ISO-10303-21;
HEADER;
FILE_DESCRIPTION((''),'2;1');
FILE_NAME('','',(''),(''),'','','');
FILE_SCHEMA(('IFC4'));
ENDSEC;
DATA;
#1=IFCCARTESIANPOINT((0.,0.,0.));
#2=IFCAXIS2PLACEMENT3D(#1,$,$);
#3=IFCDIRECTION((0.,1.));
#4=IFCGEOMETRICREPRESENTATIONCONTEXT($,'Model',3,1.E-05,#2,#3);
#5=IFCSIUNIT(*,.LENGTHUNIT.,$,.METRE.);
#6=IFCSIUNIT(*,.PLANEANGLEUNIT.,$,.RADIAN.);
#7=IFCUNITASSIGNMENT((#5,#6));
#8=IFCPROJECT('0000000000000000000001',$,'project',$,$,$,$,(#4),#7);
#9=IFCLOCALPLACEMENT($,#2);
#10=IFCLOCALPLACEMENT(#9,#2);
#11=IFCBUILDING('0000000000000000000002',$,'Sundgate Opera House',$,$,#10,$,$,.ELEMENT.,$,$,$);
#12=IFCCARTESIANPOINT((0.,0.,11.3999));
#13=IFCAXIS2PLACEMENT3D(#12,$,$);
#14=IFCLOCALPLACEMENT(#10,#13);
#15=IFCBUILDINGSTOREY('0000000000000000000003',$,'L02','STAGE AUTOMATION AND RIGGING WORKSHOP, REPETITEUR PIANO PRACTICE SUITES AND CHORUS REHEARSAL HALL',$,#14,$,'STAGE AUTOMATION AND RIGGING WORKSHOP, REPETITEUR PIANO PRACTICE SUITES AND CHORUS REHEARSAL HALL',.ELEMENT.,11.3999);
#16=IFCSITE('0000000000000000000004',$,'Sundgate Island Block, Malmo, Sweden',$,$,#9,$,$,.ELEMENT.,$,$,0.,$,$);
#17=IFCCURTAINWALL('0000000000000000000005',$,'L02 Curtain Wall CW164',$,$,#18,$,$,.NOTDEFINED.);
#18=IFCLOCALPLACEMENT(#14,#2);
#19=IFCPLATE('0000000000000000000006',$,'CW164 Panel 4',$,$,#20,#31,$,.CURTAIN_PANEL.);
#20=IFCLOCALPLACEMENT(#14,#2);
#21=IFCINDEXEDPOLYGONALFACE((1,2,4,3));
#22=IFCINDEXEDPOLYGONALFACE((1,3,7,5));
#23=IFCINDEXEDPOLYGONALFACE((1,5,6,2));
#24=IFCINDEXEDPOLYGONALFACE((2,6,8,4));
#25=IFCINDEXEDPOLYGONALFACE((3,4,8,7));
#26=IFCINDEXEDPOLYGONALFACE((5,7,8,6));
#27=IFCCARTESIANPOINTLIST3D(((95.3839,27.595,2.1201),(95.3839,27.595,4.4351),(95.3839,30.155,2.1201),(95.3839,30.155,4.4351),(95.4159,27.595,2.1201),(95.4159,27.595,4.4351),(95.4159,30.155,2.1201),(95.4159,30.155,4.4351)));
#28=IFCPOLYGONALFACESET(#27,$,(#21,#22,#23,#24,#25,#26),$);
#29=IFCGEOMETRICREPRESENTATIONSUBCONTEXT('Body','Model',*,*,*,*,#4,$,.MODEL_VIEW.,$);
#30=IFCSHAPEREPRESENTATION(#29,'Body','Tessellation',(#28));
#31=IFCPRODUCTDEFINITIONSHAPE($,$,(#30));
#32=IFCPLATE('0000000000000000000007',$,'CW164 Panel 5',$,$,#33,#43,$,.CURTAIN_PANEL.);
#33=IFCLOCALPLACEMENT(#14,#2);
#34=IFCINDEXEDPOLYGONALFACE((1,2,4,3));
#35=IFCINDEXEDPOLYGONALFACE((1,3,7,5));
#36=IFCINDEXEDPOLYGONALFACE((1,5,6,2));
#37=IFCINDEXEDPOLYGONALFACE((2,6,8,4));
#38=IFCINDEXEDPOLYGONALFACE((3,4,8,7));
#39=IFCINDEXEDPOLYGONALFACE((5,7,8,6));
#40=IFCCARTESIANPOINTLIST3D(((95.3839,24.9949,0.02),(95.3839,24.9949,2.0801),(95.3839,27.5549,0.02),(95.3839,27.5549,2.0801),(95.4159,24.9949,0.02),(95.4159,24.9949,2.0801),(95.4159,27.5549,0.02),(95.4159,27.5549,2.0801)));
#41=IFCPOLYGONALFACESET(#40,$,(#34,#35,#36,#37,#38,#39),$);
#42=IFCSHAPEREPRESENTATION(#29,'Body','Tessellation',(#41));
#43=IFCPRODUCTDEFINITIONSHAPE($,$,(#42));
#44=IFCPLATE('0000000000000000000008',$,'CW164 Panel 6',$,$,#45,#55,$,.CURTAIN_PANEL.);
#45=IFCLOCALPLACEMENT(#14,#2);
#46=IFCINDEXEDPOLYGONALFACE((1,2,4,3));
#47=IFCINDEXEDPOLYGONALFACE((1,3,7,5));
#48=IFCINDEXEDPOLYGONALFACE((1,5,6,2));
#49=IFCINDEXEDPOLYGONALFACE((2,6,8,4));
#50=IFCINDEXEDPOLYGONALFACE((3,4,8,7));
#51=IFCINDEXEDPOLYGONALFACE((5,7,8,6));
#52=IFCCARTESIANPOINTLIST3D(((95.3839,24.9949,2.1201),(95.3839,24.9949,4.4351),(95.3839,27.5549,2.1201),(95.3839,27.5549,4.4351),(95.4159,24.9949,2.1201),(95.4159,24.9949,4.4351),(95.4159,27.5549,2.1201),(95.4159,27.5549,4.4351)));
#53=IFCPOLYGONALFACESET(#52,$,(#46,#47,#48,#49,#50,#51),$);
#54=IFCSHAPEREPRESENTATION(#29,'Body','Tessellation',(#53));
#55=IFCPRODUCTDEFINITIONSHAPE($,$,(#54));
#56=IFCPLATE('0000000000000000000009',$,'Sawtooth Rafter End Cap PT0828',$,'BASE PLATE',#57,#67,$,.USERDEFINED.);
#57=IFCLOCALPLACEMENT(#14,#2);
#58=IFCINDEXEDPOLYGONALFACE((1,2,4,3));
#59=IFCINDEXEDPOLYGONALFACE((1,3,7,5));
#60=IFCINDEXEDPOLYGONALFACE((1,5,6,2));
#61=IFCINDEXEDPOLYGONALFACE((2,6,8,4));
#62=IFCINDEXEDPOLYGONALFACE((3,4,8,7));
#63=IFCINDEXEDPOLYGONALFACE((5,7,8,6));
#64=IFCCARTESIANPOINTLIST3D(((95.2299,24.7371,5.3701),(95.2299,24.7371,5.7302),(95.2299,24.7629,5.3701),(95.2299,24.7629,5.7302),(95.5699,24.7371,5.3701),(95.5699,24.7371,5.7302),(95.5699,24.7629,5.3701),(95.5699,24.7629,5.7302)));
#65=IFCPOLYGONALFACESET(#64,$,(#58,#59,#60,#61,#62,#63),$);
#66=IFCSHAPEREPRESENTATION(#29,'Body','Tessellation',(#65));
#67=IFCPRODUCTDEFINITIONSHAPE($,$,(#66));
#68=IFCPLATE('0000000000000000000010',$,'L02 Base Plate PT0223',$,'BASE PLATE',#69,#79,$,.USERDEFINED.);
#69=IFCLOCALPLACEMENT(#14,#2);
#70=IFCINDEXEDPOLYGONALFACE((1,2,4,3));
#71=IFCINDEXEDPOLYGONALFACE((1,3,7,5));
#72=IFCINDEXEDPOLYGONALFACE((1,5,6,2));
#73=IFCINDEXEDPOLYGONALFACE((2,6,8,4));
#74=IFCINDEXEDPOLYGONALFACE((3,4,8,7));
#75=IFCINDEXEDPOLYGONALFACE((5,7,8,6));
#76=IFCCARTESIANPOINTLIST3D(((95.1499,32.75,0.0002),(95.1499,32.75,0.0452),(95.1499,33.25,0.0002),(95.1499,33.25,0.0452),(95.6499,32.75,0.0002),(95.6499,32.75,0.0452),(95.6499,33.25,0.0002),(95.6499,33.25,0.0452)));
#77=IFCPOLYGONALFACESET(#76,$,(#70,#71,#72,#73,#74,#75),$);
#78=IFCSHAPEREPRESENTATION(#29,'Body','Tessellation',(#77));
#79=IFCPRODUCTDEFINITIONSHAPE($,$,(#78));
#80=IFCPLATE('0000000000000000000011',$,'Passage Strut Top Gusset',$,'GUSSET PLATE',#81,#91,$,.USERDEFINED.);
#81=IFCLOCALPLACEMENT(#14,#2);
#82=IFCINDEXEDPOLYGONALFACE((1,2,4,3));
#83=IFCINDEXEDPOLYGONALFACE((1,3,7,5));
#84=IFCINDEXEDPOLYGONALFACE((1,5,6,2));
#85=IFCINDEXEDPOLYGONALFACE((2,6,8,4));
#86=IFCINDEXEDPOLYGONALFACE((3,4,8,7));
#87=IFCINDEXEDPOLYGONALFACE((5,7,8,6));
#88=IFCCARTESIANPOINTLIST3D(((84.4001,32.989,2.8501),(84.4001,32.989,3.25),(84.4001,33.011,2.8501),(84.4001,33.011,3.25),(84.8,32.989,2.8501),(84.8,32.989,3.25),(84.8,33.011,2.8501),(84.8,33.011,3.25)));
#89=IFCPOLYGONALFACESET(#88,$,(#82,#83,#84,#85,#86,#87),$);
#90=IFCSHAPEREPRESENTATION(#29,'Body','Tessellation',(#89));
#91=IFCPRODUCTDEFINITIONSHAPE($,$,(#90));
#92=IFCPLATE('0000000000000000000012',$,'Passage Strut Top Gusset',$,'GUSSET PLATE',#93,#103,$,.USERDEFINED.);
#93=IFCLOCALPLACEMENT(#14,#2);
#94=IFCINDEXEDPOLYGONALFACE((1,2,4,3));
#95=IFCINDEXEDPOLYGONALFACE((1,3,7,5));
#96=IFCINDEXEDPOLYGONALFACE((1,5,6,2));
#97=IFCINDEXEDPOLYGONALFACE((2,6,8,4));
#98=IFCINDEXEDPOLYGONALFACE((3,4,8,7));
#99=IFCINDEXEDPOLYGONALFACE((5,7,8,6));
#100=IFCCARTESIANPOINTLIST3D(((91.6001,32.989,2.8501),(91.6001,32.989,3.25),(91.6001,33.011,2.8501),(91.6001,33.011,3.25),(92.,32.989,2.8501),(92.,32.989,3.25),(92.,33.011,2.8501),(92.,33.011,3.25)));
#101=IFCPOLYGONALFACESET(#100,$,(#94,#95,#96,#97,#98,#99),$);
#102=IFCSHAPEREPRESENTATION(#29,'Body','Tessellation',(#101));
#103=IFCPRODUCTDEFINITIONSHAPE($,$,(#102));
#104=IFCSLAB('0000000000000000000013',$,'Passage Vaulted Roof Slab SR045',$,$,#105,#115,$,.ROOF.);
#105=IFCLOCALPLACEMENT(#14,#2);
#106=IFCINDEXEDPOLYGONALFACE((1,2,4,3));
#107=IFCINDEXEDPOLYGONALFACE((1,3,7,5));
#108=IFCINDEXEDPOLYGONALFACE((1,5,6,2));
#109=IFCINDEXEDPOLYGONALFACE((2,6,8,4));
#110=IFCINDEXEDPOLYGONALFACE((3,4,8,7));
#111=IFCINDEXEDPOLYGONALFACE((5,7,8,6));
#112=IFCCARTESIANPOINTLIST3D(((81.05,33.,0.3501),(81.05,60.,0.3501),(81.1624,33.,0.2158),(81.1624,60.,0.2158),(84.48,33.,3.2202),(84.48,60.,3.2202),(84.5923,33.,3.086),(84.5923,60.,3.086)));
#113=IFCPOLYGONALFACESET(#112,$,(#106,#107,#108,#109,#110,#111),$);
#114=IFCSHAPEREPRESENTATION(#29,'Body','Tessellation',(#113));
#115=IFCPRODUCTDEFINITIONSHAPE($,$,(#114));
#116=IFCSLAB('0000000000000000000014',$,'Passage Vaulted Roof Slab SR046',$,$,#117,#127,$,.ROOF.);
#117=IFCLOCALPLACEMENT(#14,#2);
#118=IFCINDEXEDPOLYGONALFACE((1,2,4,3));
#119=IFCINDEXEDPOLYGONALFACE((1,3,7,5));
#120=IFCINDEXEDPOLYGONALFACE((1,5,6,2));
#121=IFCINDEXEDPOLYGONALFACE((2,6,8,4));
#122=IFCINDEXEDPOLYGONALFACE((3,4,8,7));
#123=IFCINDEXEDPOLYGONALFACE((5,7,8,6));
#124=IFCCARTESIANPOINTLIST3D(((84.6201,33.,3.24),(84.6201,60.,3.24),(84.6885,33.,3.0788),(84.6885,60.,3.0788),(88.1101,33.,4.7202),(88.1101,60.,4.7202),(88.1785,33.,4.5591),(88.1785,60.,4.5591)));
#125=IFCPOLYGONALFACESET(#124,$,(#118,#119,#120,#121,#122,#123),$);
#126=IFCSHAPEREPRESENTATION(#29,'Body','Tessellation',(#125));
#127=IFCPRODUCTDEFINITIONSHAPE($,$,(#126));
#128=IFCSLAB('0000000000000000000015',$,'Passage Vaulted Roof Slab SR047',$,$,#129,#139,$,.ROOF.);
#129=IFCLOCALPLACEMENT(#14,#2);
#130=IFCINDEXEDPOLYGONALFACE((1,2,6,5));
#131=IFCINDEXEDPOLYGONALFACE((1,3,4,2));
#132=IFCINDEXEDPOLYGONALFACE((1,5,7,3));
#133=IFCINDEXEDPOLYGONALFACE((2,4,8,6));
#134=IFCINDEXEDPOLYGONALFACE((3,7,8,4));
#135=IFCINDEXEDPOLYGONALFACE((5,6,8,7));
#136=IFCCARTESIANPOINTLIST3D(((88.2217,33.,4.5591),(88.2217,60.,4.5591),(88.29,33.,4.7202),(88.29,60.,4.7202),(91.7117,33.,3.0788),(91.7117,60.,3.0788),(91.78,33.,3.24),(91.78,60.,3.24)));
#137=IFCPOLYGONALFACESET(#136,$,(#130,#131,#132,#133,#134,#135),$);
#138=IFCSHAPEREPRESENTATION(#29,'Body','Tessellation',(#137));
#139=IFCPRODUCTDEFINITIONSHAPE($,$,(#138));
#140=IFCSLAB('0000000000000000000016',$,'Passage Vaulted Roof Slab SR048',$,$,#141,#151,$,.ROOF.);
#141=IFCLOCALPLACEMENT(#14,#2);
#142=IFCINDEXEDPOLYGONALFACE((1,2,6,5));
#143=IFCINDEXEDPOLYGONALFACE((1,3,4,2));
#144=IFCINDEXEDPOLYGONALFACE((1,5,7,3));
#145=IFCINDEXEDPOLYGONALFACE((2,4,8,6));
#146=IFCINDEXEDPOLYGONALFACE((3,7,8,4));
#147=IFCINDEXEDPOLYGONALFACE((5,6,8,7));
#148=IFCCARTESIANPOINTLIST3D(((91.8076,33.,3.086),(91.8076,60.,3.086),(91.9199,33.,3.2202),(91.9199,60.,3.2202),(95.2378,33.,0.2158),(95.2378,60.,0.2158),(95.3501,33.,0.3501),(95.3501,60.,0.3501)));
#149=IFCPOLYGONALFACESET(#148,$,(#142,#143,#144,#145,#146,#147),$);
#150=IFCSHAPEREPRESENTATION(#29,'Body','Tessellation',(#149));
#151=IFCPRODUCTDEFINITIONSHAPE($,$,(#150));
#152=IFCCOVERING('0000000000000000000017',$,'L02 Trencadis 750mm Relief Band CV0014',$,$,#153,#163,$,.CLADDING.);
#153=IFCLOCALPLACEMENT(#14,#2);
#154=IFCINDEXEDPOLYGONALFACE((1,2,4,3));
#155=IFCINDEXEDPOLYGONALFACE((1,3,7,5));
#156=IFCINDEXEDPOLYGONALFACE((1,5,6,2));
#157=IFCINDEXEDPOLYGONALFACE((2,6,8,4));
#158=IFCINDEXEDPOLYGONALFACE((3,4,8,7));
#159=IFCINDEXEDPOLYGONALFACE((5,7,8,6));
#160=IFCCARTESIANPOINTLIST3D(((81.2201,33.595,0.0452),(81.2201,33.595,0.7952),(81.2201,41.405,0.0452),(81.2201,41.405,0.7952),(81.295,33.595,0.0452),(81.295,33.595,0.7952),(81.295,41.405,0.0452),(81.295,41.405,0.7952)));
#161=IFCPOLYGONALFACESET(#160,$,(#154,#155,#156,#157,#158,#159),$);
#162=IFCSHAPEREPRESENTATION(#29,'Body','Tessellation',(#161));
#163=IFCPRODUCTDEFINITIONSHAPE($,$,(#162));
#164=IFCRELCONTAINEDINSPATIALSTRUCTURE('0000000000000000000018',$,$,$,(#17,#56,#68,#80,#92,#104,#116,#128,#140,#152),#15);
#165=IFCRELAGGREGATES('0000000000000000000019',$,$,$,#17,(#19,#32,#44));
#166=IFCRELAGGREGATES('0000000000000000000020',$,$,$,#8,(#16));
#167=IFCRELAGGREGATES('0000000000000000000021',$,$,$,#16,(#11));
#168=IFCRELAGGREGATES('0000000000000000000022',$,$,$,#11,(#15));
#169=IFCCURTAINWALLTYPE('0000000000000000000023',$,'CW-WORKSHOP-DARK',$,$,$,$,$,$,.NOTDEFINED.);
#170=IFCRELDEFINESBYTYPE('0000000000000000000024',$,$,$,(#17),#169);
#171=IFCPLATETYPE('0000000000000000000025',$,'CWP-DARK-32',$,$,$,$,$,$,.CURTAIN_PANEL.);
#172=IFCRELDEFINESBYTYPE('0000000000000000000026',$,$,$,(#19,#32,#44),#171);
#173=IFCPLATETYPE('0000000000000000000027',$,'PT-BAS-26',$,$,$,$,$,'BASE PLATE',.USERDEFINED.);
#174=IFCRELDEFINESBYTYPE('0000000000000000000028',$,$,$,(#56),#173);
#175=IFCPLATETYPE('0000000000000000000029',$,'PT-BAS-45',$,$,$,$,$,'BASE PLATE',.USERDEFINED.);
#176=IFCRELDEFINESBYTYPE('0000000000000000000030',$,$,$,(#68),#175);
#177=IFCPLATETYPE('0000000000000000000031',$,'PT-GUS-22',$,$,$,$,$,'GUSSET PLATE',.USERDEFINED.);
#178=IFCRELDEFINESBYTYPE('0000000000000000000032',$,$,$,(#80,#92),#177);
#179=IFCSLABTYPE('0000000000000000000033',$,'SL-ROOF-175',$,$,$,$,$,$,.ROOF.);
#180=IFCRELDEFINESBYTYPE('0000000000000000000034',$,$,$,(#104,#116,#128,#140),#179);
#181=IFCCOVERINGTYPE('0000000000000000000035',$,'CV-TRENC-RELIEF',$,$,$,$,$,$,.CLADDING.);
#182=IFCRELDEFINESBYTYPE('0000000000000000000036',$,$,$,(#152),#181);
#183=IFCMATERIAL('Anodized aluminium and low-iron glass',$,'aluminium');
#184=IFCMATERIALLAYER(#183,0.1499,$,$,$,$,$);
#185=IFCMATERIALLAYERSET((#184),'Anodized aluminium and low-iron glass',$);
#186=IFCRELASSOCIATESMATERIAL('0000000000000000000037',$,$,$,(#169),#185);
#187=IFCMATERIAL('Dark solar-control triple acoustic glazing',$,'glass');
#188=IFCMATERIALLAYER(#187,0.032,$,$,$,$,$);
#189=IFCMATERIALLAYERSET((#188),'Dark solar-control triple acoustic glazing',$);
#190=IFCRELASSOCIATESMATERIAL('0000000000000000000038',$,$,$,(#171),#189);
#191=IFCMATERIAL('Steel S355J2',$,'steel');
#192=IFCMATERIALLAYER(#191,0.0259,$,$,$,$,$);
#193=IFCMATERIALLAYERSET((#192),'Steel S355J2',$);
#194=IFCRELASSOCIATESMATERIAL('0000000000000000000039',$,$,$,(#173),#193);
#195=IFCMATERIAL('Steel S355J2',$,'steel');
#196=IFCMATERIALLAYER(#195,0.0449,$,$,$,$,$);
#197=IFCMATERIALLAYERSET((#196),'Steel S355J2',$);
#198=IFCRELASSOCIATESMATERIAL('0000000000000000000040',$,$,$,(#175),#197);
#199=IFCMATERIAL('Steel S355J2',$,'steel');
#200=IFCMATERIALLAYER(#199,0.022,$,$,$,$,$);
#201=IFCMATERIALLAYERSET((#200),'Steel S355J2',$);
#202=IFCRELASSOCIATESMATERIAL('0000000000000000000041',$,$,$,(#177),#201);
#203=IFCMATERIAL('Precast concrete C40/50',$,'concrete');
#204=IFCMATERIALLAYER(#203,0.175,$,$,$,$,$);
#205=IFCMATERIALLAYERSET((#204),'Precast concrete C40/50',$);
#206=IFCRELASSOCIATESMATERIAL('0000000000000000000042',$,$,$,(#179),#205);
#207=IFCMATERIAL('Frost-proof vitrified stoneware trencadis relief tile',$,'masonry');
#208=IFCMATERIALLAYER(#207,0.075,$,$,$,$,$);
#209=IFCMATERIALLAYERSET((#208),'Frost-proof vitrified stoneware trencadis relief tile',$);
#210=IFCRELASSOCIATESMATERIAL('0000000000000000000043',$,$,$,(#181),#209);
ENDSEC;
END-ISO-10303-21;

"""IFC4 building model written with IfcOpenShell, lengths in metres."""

from ifc_helpers import new_model, si_unit, direction, frame, origin, origin_2d, place, context, subcontext, project, spatial, polyline, rectangle, outline, extrude, material, layer, layer_set, type_object, element, aggregate, save


model = new_model("IFC4")

# Units and contexts
model_context = context("Model", 3, precision=1e-05, world=origin(), true_north=direction((0.0, 1.0)))
body_context = subcontext(model_context, "Body", "Model", "MODEL_VIEW")
ifc_project = project(units=[si_unit("LENGTHUNIT", "METRE"), si_unit("PLANEANGLEUNIT", "RADIAN")], contexts=[model_context])

# Site, building, storey
site_placement = place(None, origin())
site = spatial("IfcSite", under=ifc_project, at=site_placement, Name="Sundgate Island Block, Malmo, Sweden", CompositionType="ELEMENT", RefElevation=0.0)
building_placement = place(site_placement, origin())
building = spatial("IfcBuilding", under=site, at=building_placement, Name="Sundgate Opera House", CompositionType="ELEMENT")
storey_placement = place(building_placement, frame((0.0, 0.0, 11.3999)))
storey = spatial("IfcBuildingStorey", under=building, at=storey_placement, Name="L02", Description="STAGE AUTOMATION AND RIGGING WORKSHOP, REPETITEUR PIANO PRACTICE SUITES AND CHORUS REHEARSAL HALL", LongName="STAGE AUTOMATION AND RIGGING WORKSHOP, REPETITEUR PIANO PRACTICE SUITES AND CHORUS REHEARSAL HALL", CompositionType="ELEMENT", Elevation=11.3999)

# Curtain wall
ifc_material_1 = material(Name="Anodized aluminium and low-iron glass", Category="aluminium")
ifc_layer_1 = layer(ifc_material_1, 0.1499)
ifc_layer_set_1 = layer_set([ifc_layer_1], Name="Anodized aluminium and low-iron glass")
curtain_wall_type_1 = type_object("IfcCurtainWallType", Name="CW-WORKSHOP-DARK", PredefinedType="NOTDEFINED", material=ifc_layer_set_1)
curtain_wall_1_placement = place(storey_placement, origin())
curtain_wall_1 = element("IfcCurtainWall", 1, at=curtain_wall_1_placement, inside=storey, type_object=curtain_wall_type_1, Name="L02 Curtain Wall CW164", PredefinedType="NOTDEFINED")

# Plates
ifc_material_2 = material(Name="Dark solar-control triple acoustic glazing", Category="glass")
ifc_layer_2 = layer(ifc_material_2, 0.032)
ifc_layer_set_2 = layer_set([ifc_layer_2], Name="Dark solar-control triple acoustic glazing")
plate_type_1 = type_object("IfcPlateType", Name="CWP-DARK-32", PredefinedType="CURTAIN_PANEL", material=ifc_layer_set_2)
plate_1_placement = place(storey_placement, frame((95.3999, 28.875, 2.1201), z_axis=(0.0, 0.0, 1.0), x_axis=(0.0, -1.0, 0.0)))
plate_1 = element("IfcPlate", 2, at=plate_1_placement, type_object=plate_type_1, Name="CW164 Panel 4", PredefinedType="CURTAIN_PANEL", context=body_context, shape_type="SweptSolid", body=[
    extrude(rectangle(XDim=2.5601, YDim=0.032, at=origin_2d()), origin(), (0.0, 0.0, 1.0), 2.3149),
])
plate_2_placement = place(storey_placement, frame((95.3999, 26.2749, 0.02), z_axis=(0.0, 0.0, 1.0), x_axis=(0.0, -1.0, 0.0)))
plate_2 = element("IfcPlate", 3, at=plate_2_placement, type_object=plate_type_1, Name="CW164 Panel 5", PredefinedType="CURTAIN_PANEL", context=body_context, shape_type="SweptSolid", body=[
    extrude(rectangle(XDim=2.5601, YDim=0.032, at=origin_2d()), origin(), (0.0, 0.0, 1.0), 2.0601),
])
plate_3_placement = place(storey_placement, frame((95.3999, 26.2749, 2.1201), z_axis=(0.0, 0.0, 1.0), x_axis=(0.0, -1.0, 0.0)))
plate_3 = element("IfcPlate", 4, at=plate_3_placement, type_object=plate_type_1, Name="CW164 Panel 6", PredefinedType="CURTAIN_PANEL", context=body_context, shape_type="SweptSolid", body=[
    extrude(rectangle(XDim=2.5601, YDim=0.032, at=origin_2d()), origin(), (0.0, 0.0, 1.0), 2.3149),
])
aggregate(curtain_wall_1, [plate_1, plate_2, plate_3])

# Plates
ifc_material_3 = material(Name="Steel S355J2", Category="steel")
ifc_layer_3 = layer(ifc_material_3, 0.0259)
ifc_layer_set_3 = layer_set([ifc_layer_3], Name="Steel S355J2")
plate_type_2 = type_object("IfcPlateType", Name="PT-BAS-26", ElementType="BASE PLATE", PredefinedType="USERDEFINED", material=ifc_layer_set_3)
plate_4_placement = place(storey_placement, frame((95.3999, 24.75, 5.3701), z_axis=(0.0, 0.0, 1.0), x_axis=(1.0, 0.0, 0.0)))
element("IfcPlate", 5, at=plate_4_placement, inside=storey, type_object=plate_type_2, Name="Sawtooth Rafter End Cap PT0828", ObjectType="BASE PLATE", PredefinedType="USERDEFINED", context=body_context, shape_type="SweptSolid", body=[
    extrude(rectangle(XDim=0.3401, YDim=0.0259, at=origin_2d()), origin(), (0.0, 0.0, 1.0), 0.3601),
])
ifc_material_4 = material(Name="Steel S355J2", Category="steel")
ifc_layer_4 = layer(ifc_material_4, 0.0449)
ifc_layer_set_4 = layer_set([ifc_layer_4], Name="Steel S355J2")
plate_type_3 = type_object("IfcPlateType", Name="PT-BAS-45", ElementType="BASE PLATE", PredefinedType="USERDEFINED", material=ifc_layer_set_4)
plate_5_placement = place(storey_placement, frame((95.3999, 33.0, 0.0002), z_axis=(0.0, 0.0, 1.0), x_axis=(1.0, 0.0, 0.0)))
element("IfcPlate", 6, at=plate_5_placement, inside=storey, type_object=plate_type_3, Name="L02 Base Plate PT0223", ObjectType="BASE PLATE", PredefinedType="USERDEFINED", context=body_context, shape_type="SweptSolid", body=[
    extrude(rectangle(XDim=0.5, YDim=0.5, at=origin_2d()), origin(), (0.0, 0.0, 1.0), 0.0449),
])
ifc_material_5 = material(Name="Steel S355J2", Category="steel")
ifc_layer_5 = layer(ifc_material_5, 0.022)
ifc_layer_set_5 = layer_set([ifc_layer_5], Name="Steel S355J2")
plate_type_4 = type_object("IfcPlateType", Name="PT-GUS-22", ElementType="GUSSET PLATE", PredefinedType="USERDEFINED", material=ifc_layer_set_5)
for number, where, z_axis, x_axis, name in (
    (7, (84.6001, 33.0, 2.8501), (0.0, 0.0, 1.0), (1.0, 0.0, 0.0), "Passage Strut Top Gusset"),
    (8, (91.8, 33.0, 2.8501), (0.0, 0.0, 1.0), (1.0, 0.0, 0.0), "Passage Strut Top Gusset"),
):
    element("IfcPlate", number, at=place(storey_placement, frame(where, z_axis=z_axis, x_axis=x_axis)), inside=storey, type_object=plate_type_4, Name=name, ObjectType="GUSSET PLATE", PredefinedType="USERDEFINED", context=body_context, shape_type="SweptSolid", body=[
        extrude(rectangle(XDim=0.3999, YDim=0.022, at=origin_2d()), origin(), (0.0, 0.0, 1.0), 0.3999),
    ])

# Slabs
ifc_material_6 = material(Name="Precast concrete C40/50", Category="concrete")
ifc_layer_6 = layer(ifc_material_6, 0.175)
ifc_layer_set_6 = layer_set([ifc_layer_6], Name="Precast concrete C40/50")
slab_type = type_object("IfcSlabType", Name="SL-ROOF-175", PredefinedType="ROOF", material=ifc_layer_set_6)
slab_1_placement = place(storey_placement, frame((81.05, 33.0, 0.3501), z_axis=(-0.641746, 0.0, 0.766918), x_axis=(0.766918, 0.0, 0.641746)))
element("IfcSlab", 9, at=slab_1_placement, inside=storey, type_object=slab_type, Name="Passage Vaulted Roof Slab SR045", PredefinedType="ROOF", context=body_context, shape_type="SweptSolid", body=[
    extrude(outline(polyline([(0.0, 0.0), (4.4724, 0.0), (4.4724, 27.0), (0.0, 27.0), (0.0, 0.0)])), origin(), (0.0, 0.0, -1.0), 0.175),
])
for number, where, z_axis, x_axis, name in (
    (10, (84.6201, 33.0, 3.24), (-0.390465, 0.0, 0.920618), (0.920618, 0.0, 0.390465), "Passage Vaulted Roof Slab SR046"),
    (11, (88.29, 33.0, 4.7202), (0.390465, 0.0, 0.920618), (0.920618, 0.0, -0.390465), "Passage Vaulted Roof Slab SR047"),
):
    element("IfcSlab", number, at=place(storey_placement, frame(where, z_axis=z_axis, x_axis=x_axis)), inside=storey, type_object=slab_type, Name=name, PredefinedType="ROOF", context=body_context, shape_type="SweptSolid", body=[
        extrude(outline(polyline([(0.0, 0.0), (3.7909, 0.0), (3.7909, 27.0), (0.0, 27.0), (0.0, 0.0)])), origin(), (0.0, 0.0, -1.0), 0.175),
    ])
slab_2_placement = place(storey_placement, frame((91.9199, 33.0, 3.2202), z_axis=(0.641719, 0.0, 0.76694), x_axis=(0.76694, 0.0, -0.641719)))
element("IfcSlab", 12, at=slab_2_placement, inside=storey, type_object=slab_type, Name="Passage Vaulted Roof Slab SR048", PredefinedType="ROOF", context=body_context, shape_type="SweptSolid", body=[
    extrude(outline(polyline([(0.0, 0.0), (4.4725, 0.0), (4.4725, 27.0), (0.0, 27.0), (0.0, 0.0)])), origin(), (0.0, 0.0, -1.0), 0.175),
])

# Covering
ifc_material_7 = material(Name="Frost-proof vitrified stoneware trencadis relief tile", Category="masonry")
ifc_layer_7 = layer(ifc_material_7, 0.075)
ifc_layer_set_7 = layer_set([ifc_layer_7], Name="Frost-proof vitrified stoneware trencadis relief tile")
covering_type = type_object("IfcCoveringType", Name="CV-TRENC-RELIEF", PredefinedType="CLADDING", material=ifc_layer_set_7)
covering_placement = place(storey_placement, frame((81.2576, 37.5, 0.0452), z_axis=(0.0, 0.0, 1.0), x_axis=(0.0, 1.0, 0.0)))
element("IfcCovering", 13, at=covering_placement, inside=storey, type_object=covering_type, Name="L02 Trencadis 750mm Relief Band CV0014", PredefinedType="CLADDING", context=body_context, shape_type="SweptSolid", body=[
    extrude(rectangle(XDim=7.8101, YDim=0.075, at=origin_2d()), origin(), (0.0, 0.0, 1.0), 0.75),
])

save(model, "model.ifc")
